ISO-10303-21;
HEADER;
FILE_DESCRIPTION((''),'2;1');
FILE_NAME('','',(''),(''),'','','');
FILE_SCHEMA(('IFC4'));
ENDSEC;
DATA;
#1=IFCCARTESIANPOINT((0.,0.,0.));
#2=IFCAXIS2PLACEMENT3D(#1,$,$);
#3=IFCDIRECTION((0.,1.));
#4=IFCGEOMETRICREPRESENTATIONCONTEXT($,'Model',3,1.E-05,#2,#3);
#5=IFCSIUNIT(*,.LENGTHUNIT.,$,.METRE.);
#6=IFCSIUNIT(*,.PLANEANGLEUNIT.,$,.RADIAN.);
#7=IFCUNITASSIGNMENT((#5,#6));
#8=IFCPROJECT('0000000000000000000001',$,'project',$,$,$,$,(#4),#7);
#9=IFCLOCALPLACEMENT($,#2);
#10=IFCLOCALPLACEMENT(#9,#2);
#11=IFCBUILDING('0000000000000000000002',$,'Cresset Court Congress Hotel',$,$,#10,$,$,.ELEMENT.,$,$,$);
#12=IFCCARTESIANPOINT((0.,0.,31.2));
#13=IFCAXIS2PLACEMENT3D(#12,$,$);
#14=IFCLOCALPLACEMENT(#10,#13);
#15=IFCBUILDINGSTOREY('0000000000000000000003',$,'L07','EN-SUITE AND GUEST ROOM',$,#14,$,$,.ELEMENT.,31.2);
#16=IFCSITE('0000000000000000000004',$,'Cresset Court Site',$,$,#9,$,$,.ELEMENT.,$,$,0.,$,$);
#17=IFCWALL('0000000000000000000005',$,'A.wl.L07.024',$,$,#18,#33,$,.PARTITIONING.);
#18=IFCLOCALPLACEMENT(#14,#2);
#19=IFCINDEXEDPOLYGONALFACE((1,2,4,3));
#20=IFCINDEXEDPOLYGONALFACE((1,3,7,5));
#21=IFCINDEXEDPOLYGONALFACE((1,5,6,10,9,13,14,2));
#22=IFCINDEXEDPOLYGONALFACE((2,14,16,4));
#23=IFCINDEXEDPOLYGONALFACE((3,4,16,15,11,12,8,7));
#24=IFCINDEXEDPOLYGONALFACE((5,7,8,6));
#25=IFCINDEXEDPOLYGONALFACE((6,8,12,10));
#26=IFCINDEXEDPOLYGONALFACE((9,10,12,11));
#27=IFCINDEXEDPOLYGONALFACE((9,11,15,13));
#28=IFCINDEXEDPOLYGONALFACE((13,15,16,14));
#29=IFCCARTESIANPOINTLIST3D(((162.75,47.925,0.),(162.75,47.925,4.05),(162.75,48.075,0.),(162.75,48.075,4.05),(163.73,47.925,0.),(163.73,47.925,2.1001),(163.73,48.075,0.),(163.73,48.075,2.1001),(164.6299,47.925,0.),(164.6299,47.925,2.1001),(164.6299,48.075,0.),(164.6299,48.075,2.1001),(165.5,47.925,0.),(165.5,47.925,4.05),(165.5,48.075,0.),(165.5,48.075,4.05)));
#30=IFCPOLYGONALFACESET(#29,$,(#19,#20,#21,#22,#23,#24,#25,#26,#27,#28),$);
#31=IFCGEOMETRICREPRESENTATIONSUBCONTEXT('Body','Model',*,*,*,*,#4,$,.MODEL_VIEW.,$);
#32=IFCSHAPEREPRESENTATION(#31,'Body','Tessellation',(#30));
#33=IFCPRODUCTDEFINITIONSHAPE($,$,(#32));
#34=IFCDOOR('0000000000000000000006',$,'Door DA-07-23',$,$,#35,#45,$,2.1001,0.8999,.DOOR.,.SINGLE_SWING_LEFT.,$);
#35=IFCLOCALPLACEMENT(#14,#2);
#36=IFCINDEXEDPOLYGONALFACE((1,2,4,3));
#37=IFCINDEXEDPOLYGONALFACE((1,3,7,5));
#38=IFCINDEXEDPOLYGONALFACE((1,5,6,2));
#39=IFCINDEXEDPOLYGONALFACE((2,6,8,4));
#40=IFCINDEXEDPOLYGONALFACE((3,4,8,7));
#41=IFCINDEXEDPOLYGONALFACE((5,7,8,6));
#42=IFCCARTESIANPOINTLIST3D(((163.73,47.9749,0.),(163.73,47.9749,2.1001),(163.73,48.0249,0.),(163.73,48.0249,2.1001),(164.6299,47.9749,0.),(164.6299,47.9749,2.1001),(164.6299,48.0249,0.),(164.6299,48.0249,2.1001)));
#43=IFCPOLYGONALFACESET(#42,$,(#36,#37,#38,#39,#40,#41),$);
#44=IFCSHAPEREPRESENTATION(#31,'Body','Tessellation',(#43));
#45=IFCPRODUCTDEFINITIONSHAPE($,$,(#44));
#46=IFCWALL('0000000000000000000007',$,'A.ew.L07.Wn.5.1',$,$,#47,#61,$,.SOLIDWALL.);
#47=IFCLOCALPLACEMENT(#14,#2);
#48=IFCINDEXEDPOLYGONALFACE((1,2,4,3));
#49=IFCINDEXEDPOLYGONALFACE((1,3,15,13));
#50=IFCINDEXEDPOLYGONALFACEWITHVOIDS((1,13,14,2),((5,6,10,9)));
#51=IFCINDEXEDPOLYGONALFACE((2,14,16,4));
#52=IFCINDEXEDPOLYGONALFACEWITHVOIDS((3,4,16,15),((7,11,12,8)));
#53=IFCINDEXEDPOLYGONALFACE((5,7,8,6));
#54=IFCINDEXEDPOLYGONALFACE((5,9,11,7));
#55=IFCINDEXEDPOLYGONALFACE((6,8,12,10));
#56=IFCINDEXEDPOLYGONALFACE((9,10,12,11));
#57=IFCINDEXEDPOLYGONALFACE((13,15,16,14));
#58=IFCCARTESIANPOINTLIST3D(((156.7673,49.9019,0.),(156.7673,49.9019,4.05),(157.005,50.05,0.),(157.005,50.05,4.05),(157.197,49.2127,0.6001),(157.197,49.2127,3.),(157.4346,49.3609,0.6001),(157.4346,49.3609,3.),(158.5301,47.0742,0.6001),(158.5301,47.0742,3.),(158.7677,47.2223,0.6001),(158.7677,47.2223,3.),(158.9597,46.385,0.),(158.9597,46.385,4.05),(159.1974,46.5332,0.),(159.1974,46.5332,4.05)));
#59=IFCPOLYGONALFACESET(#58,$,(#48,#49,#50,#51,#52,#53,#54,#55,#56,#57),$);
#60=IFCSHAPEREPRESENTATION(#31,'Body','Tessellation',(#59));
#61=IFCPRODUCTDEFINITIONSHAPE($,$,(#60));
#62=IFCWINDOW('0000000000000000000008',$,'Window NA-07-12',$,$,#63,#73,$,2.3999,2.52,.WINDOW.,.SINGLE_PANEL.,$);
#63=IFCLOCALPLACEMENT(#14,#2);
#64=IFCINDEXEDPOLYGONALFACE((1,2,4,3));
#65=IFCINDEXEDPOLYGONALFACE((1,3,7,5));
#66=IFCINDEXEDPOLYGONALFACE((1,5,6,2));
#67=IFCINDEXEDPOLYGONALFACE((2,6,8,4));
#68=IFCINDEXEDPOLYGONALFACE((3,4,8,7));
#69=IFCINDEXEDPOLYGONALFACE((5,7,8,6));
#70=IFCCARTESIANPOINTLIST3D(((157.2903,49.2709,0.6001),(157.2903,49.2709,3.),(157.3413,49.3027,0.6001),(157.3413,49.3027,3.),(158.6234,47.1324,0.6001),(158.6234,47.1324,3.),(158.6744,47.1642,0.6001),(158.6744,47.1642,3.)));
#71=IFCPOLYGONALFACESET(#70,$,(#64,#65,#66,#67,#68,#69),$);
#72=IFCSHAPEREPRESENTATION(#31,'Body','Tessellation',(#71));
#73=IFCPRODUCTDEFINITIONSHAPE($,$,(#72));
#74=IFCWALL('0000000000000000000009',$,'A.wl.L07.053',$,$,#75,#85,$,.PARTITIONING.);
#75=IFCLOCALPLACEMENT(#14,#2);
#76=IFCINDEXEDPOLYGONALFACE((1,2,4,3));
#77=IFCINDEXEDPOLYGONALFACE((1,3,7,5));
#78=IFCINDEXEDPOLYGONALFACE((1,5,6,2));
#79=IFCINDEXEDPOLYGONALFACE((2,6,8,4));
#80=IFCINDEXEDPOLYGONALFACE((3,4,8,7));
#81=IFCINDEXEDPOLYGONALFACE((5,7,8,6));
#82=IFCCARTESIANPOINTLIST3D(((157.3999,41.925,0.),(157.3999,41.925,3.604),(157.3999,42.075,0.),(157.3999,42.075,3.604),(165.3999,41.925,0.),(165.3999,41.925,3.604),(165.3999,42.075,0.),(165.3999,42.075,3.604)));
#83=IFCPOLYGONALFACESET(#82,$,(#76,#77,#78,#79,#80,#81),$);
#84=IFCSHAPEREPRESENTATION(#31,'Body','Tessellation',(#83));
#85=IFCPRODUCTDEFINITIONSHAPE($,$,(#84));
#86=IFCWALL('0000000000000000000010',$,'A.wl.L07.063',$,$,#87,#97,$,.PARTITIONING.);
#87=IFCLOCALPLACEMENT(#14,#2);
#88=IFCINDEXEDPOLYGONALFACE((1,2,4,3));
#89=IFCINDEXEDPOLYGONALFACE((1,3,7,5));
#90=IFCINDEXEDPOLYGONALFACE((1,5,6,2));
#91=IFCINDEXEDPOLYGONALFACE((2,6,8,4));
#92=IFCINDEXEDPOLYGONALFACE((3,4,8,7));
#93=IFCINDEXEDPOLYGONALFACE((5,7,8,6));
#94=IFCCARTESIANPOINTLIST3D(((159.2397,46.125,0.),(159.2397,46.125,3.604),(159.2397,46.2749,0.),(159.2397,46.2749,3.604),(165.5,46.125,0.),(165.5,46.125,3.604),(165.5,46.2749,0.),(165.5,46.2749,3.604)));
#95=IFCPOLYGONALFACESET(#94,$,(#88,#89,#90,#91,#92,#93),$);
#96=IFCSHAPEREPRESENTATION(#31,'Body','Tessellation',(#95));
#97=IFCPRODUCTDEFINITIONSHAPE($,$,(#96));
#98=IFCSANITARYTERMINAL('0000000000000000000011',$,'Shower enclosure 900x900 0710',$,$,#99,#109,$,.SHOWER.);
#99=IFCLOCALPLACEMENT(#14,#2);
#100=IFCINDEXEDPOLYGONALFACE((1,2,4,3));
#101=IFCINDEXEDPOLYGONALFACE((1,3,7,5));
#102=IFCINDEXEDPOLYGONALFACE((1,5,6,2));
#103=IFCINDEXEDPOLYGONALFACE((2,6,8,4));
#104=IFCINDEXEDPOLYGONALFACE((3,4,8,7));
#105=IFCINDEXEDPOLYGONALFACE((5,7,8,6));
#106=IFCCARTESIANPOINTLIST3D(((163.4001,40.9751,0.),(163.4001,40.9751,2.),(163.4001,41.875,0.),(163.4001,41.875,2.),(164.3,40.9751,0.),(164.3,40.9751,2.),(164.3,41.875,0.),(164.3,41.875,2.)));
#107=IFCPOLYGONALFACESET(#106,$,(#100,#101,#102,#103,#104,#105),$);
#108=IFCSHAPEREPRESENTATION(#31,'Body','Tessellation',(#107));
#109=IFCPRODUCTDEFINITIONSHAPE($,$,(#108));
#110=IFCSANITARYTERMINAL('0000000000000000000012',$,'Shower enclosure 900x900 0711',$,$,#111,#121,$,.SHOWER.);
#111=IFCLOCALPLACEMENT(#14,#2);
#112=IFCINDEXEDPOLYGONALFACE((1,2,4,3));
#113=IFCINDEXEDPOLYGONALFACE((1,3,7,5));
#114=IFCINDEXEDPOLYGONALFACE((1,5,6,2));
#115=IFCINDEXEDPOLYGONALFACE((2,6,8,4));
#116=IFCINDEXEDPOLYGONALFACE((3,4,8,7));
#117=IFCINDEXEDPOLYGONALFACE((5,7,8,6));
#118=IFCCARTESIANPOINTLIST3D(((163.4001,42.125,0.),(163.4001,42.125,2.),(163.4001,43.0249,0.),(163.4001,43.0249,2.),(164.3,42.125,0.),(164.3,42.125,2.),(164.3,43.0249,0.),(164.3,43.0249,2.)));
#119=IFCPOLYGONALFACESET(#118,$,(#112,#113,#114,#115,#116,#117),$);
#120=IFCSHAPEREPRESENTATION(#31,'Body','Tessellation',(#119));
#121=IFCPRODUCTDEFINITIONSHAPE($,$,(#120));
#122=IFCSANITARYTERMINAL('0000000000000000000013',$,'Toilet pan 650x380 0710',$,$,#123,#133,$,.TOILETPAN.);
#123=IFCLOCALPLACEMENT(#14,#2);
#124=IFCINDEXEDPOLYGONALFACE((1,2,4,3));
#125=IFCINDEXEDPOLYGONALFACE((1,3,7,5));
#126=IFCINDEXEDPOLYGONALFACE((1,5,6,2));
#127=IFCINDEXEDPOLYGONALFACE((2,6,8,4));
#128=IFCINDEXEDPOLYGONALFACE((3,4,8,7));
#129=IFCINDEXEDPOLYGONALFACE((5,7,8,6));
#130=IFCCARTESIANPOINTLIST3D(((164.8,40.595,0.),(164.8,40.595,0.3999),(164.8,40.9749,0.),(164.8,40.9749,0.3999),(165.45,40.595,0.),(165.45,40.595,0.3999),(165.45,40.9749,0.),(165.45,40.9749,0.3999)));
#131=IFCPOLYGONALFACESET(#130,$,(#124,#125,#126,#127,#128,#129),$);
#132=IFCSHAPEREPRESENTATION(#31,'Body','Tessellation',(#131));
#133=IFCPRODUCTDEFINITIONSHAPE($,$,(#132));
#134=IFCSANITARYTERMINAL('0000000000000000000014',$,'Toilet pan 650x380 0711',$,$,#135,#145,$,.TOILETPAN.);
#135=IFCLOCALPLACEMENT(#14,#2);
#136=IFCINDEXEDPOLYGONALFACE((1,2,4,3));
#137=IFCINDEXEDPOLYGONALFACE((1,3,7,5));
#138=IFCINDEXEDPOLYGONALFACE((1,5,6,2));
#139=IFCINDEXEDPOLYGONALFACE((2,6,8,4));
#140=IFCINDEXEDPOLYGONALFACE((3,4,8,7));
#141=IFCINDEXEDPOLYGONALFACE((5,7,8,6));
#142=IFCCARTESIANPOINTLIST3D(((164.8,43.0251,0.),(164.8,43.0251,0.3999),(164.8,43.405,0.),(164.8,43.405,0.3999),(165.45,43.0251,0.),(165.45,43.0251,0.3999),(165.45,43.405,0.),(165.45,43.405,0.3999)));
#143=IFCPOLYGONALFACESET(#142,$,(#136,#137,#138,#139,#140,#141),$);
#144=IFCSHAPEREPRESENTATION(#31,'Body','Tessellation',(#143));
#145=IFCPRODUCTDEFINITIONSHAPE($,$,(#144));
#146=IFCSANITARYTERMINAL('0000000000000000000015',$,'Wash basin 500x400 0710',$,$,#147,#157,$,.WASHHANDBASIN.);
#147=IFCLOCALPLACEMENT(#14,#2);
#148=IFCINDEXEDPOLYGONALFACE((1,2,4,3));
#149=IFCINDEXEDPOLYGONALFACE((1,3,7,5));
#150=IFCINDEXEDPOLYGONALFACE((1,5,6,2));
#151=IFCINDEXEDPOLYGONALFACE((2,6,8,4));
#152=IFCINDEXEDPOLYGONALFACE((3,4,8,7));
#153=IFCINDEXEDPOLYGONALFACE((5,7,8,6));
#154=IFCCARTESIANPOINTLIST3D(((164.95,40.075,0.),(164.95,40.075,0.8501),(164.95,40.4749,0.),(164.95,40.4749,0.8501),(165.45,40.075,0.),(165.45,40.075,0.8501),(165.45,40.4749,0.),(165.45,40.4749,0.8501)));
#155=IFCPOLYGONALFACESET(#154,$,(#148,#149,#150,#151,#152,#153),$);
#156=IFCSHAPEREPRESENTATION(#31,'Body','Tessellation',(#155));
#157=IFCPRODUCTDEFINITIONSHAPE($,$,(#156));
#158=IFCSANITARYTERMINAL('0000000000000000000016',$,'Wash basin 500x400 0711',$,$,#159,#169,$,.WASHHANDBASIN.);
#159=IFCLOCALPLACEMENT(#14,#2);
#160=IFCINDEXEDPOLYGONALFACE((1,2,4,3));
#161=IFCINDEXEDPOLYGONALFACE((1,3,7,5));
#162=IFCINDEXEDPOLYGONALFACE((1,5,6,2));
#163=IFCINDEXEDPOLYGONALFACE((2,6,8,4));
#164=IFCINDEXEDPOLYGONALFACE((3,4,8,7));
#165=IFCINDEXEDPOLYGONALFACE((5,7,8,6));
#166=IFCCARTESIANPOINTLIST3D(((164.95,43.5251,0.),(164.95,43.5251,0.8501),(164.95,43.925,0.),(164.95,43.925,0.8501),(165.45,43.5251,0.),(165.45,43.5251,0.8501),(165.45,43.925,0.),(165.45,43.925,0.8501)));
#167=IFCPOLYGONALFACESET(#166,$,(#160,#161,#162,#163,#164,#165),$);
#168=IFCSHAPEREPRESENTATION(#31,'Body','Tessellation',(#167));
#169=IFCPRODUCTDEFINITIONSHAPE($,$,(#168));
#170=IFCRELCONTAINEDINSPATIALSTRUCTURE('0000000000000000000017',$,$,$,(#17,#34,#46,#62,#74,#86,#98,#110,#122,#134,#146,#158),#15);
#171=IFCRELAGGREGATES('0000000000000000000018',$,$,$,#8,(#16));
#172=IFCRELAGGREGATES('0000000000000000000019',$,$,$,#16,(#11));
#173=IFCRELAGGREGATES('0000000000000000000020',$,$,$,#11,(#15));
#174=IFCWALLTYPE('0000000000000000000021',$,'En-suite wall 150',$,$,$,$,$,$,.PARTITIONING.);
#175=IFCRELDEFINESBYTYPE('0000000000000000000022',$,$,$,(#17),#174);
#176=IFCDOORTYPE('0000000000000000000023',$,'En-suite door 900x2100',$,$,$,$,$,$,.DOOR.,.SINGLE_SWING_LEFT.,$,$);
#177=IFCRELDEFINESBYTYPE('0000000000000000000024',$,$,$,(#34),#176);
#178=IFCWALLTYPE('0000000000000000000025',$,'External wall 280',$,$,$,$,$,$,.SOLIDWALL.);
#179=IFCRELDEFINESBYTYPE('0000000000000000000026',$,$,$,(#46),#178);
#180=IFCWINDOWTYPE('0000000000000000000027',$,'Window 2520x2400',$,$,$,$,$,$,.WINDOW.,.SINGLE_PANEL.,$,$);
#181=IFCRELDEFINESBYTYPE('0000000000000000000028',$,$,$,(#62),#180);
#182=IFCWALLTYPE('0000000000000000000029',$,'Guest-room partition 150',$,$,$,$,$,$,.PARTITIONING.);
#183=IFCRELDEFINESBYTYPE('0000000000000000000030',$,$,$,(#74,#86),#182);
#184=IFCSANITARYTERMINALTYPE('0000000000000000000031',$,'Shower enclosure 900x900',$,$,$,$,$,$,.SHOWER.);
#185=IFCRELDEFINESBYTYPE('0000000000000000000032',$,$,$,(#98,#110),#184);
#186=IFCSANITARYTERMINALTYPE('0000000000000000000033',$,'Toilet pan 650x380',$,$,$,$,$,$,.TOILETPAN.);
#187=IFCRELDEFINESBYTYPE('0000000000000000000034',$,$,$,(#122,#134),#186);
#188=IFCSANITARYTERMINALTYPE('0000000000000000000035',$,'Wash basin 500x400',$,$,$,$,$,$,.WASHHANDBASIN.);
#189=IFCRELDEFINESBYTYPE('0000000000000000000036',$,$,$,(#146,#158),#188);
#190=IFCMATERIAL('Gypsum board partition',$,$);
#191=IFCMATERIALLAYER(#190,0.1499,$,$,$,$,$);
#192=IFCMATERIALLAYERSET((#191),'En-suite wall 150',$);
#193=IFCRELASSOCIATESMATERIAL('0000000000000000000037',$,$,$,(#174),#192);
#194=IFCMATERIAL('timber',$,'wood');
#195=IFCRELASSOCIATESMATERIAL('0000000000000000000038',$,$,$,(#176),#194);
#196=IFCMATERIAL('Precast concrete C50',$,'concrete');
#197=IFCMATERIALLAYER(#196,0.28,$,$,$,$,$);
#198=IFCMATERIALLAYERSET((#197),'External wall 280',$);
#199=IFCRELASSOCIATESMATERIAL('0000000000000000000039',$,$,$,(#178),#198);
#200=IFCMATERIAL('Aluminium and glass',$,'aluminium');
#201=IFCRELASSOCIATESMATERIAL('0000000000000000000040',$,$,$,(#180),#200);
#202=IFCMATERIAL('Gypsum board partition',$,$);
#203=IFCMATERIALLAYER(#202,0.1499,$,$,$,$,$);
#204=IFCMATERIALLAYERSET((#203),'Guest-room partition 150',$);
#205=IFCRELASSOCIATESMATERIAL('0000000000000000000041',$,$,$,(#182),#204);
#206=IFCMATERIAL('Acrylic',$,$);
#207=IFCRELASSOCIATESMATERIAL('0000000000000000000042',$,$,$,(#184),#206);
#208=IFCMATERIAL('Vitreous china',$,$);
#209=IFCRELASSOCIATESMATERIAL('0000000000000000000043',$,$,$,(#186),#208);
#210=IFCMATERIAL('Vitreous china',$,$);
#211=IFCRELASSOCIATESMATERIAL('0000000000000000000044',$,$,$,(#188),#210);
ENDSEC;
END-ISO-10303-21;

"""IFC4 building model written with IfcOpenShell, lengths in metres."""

from ifc_helpers import new_model, si_unit, direction, frame, frame_2d, origin, origin_2d, place, context, subcontext, project, spatial, rectangle, extrude, material, layer, layer_set, type_object, element, fill, save


model = new_model("IFC4")

# Units and contexts
model_context = context("Model", 3, precision=1e-05, world=origin(), true_north=direction((0.0, 1.0)))
body_context = subcontext(model_context, "Body", "Model", "MODEL_VIEW")
ifc_project = project(units=[si_unit("LENGTHUNIT", "METRE"), si_unit("PLANEANGLEUNIT", "RADIAN")], contexts=[model_context])

# Site, building, storey
site_placement = place(None, origin())
site = spatial("IfcSite", under=ifc_project, at=site_placement, Name="Cresset Court Site", CompositionType="ELEMENT", RefElevation=0.0)
building_placement = place(site_placement, origin())
building = spatial("IfcBuilding", under=site, at=building_placement, Name="Cresset Court Congress Hotel", CompositionType="ELEMENT")
storey_placement = place(building_placement, frame((0.0, 0.0, 31.2)))
storey = spatial("IfcBuildingStorey", under=building, at=storey_placement, Name="L07", Description="EN-SUITE AND GUEST ROOM", CompositionType="ELEMENT", Elevation=31.2)

# Shared definitions
ifc_material_1 = material(Name="Gypsum board partition")
ifc_layer_1 = layer(ifc_material_1, 0.1499)
ifc_layer_set_1 = layer_set([ifc_layer_1], Name="En-suite wall 150")
wall_type_1 = type_object("IfcWallType", Name="En-suite wall 150", PredefinedType="PARTITIONING", material=ifc_layer_set_1)

# Wall, opening, door
ifc_material_2 = material(Name="timber", Category="wood")
door_type = type_object("IfcDoorType", Name="En-suite door 900x2100", OperationType="SINGLE_SWING_LEFT", PredefinedType="DOOR", material=ifc_material_2)
wall_1_placement = place(storey_placement, frame((162.75, 48.0, 0.0), z_axis=(0.0, 0.0, 1.0), x_axis=(1.0, 0.0, 0.0)))
wall_1 = element("IfcWall", 1, at=wall_1_placement, inside=storey, type_object=wall_type_1, Name="A.wl.L07.024", PredefinedType="PARTITIONING", context=body_context, shape_type="SweptSolid", body=[
    extrude(rectangle(XDim=2.75, YDim=0.1499, at=frame_2d((1.375, 0.0))), origin(), (0.0, 0.0, 1.0), 4.05),
])
opening_1_placement = place(wall_1_placement, frame((0.98, 0.0, 0.0)))
opening_1 = element("IfcOpeningElement", 2, at=opening_1_placement, cuts=wall_1, PredefinedType="OPENING", context=body_context, shape_type="SweptSolid", body=[
    extrude(rectangle(XDim=0.8999, YDim=2.1001, at=frame_2d((0.45, 1.05))), frame((0.0, 0.085, 0.0), z_axis=(0.0, -1.0, 0.0), x_axis=(1.0, 0.0, 0.0)), (0.0, 0.0, 1.0), 0.1699),
])
door_1_placement = place(opening_1_placement, origin())
door_1 = element("IfcDoor", 3, at=door_1_placement, inside=storey, type_object=door_type, Name="Door DA-07-23", OperationType="SINGLE_SWING_LEFT", OverallHeight=2.1001, OverallWidth=0.8999, PredefinedType="DOOR", context=body_context, shape_type="SweptSolid", body=[
    extrude(rectangle(XDim=0.8999, YDim=2.1001, at=frame_2d((0.45, 1.05))), frame((0.0, 0.0249, 0.0), z_axis=(0.0, -1.0, 0.0), x_axis=(1.0, 0.0, 0.0)), (0.0, 0.0, 1.0), 0.05),
])
fill(opening_1, door_1)

# Wall, opening, window
ifc_material_3 = material(Name="Precast concrete C50", Category="concrete")
ifc_layer_2 = layer(ifc_material_3, 0.28)
ifc_layer_set_2 = layer_set([ifc_layer_2], Name="External wall 280")
wall_type_2 = type_object("IfcWallType", Name="External wall 280", PredefinedType="SOLIDWALL", material=ifc_layer_set_2)
wall_2_placement = place(storey_placement, frame((159.0786, 46.459, 0.0), z_axis=(0.0, 0.0, 1.0), x_axis=(-0.529019, 0.84861, 0.0)))
wall_2 = element("IfcWall", 4, at=wall_2_placement, inside=storey, type_object=wall_type_2, Name="A.ew.L07.Wn.5.1", PredefinedType="SOLIDWALL", context=body_context, shape_type="SweptSolid", body=[
    extrude(rectangle(XDim=4.1443, YDim=0.28, at=frame_2d((2.0723, 0.0))), origin(), (0.0, 0.0, 1.0), 4.05),
])
opening_2_placement = place(wall_2_placement, frame((0.8123, 0.0, 0.6001)))
opening_2 = element("IfcOpeningElement", 5, at=opening_2_placement, cuts=wall_2, PredefinedType="OPENING", context=body_context, shape_type="SweptSolid", body=[
    extrude(rectangle(XDim=2.52, YDim=2.3999, at=frame_2d((1.26, 1.2))), frame((0.0, 0.1499, 0.0), z_axis=(0.0, -1.0, 0.0), x_axis=(1.0, 0.0, 0.0)), (0.0, 0.0, 1.0), 0.3),
])
ifc_material_4 = material(Name="Aluminium and glass", Category="aluminium")
window_type = type_object("IfcWindowType", Name="Window 2520x2400", PartitioningType="SINGLE_PANEL", PredefinedType="WINDOW", material=ifc_material_4)
window_placement = place(opening_2_placement, origin())
window = element("IfcWindow", 6, at=window_placement, inside=storey, type_object=window_type, Name="Window NA-07-12", OverallHeight=2.3999, OverallWidth=2.52, PartitioningType="SINGLE_PANEL", PredefinedType="WINDOW", context=body_context, shape_type="SweptSolid", body=[
    extrude(rectangle(XDim=2.52, YDim=2.3999, at=frame_2d((1.26, 1.2))), frame((0.0, 0.03, 0.0), z_axis=(0.0, -1.0, 0.0), x_axis=(1.0, 0.0, 0.0)), (0.0, 0.0, 1.0), 0.0601),
])
fill(opening_2, window)

# Walls
ifc_material_5 = material(Name="Gypsum board partition")
ifc_layer_3 = layer(ifc_material_5, 0.1499)
ifc_layer_set_3 = layer_set([ifc_layer_3], Name="Guest-room partition 150")
wall_type_3 = type_object("IfcWallType", Name="Guest-room partition 150", PredefinedType="PARTITIONING", material=ifc_layer_set_3)
wall_3_placement = place(storey_placement, frame((157.3999, 42.0, 0.0), z_axis=(0.0, 0.0, 1.0), x_axis=(1.0, 0.0, 0.0)))
element("IfcWall", 7, at=wall_3_placement, inside=storey, type_object=wall_type_3, Name="A.wl.L07.053", PredefinedType="PARTITIONING", context=body_context, shape_type="SweptSolid", body=[
    extrude(rectangle(XDim=8.0, YDim=0.1499, at=frame_2d((4.0, 0.0))), origin(), (0.0, 0.0, 1.0), 3.604),
])
wall_4_placement = place(storey_placement, frame((159.2397, 46.2, 0.0), z_axis=(0.0, 0.0, 1.0), x_axis=(1.0, 0.0, 0.0)))
element("IfcWall", 8, at=wall_4_placement, inside=storey, type_object=wall_type_3, Name="A.wl.L07.063", PredefinedType="PARTITIONING", context=body_context, shape_type="SweptSolid", body=[
    extrude(rectangle(XDim=6.2603, YDim=0.1499, at=frame_2d((3.1301, 0.0))), origin(), (0.0, 0.0, 1.0), 3.604),
])

# Sanitary terminals
ifc_material_6 = material(Name="Acrylic")
sanitary_terminal_type_1 = type_object("IfcSanitaryTerminalType", Name="Shower enclosure 900x900", PredefinedType="SHOWER", material=ifc_material_6)
for number, where, z_axis, x_axis, name in (
    (9, (163.8501, 41.425, 0.0), (0.0, 0.0, 1.0), (1.0, 0.0, 0.0), "Shower enclosure 900x900 0710"),
    (10, (163.8501, 42.575, 0.0), (0.0, 0.0, 1.0), (1.0, 0.0, 0.0), "Shower enclosure 900x900 0711"),
):
    element("IfcSanitaryTerminal", number, at=place(storey_placement, frame(where, z_axis=z_axis, x_axis=x_axis)), inside=storey, type_object=sanitary_terminal_type_1, Name=name, PredefinedType="SHOWER", context=body_context, shape_type="SweptSolid", body=[
        extrude(rectangle(XDim=0.8999, YDim=0.8999, at=origin_2d()), origin(), (0.0, 0.0, 1.0), 2.0),
    ])
ifc_material_7 = material(Name="Vitreous china")
sanitary_terminal_type_2 = type_object("IfcSanitaryTerminalType", Name="Toilet pan 650x380", PredefinedType="TOILETPAN", material=ifc_material_7)
for number, where, z_axis, x_axis, name in (
    (11, (165.125, 40.7849, 0.0), (0.0, 0.0, 1.0), (1.0, 0.0, 0.0), "Toilet pan 650x380 0710"),
    (12, (165.125, 43.2151, 0.0), (0.0, 0.0, 1.0), (1.0, 0.0, 0.0), "Toilet pan 650x380 0711"),
):
    element("IfcSanitaryTerminal", number, at=place(storey_placement, frame(where, z_axis=z_axis, x_axis=x_axis)), inside=storey, type_object=sanitary_terminal_type_2, Name=name, PredefinedType="TOILETPAN", context=body_context, shape_type="SweptSolid", body=[
        extrude(rectangle(XDim=0.6499, YDim=0.3799, at=origin_2d()), origin(), (0.0, 0.0, 1.0), 0.3999),
    ])
ifc_material_8 = material(Name="Vitreous china")
sanitary_terminal_type_3 = type_object("IfcSanitaryTerminalType", Name="Wash basin 500x400", PredefinedType="WASHHANDBASIN", material=ifc_material_8)
for number, where, z_axis, x_axis, name in (
    (13, (165.2, 40.2749, 0.0), (0.0, 0.0, 1.0), (1.0, 0.0, 0.0), "Wash basin 500x400 0710"),
    (14, (165.2, 43.7251, 0.0), (0.0, 0.0, 1.0), (1.0, 0.0, 0.0), "Wash basin 500x400 0711"),
):
    element("IfcSanitaryTerminal", number, at=place(storey_placement, frame(where, z_axis=z_axis, x_axis=x_axis)), inside=storey, type_object=sanitary_terminal_type_3, Name=name, PredefinedType="WASHHANDBASIN", context=body_context, shape_type="SweptSolid", body=[
        extrude(rectangle(XDim=0.5, YDim=0.3999, at=origin_2d()), origin(), (0.0, 0.0, 1.0), 0.8501),
    ])

save(model, "model.ifc")
